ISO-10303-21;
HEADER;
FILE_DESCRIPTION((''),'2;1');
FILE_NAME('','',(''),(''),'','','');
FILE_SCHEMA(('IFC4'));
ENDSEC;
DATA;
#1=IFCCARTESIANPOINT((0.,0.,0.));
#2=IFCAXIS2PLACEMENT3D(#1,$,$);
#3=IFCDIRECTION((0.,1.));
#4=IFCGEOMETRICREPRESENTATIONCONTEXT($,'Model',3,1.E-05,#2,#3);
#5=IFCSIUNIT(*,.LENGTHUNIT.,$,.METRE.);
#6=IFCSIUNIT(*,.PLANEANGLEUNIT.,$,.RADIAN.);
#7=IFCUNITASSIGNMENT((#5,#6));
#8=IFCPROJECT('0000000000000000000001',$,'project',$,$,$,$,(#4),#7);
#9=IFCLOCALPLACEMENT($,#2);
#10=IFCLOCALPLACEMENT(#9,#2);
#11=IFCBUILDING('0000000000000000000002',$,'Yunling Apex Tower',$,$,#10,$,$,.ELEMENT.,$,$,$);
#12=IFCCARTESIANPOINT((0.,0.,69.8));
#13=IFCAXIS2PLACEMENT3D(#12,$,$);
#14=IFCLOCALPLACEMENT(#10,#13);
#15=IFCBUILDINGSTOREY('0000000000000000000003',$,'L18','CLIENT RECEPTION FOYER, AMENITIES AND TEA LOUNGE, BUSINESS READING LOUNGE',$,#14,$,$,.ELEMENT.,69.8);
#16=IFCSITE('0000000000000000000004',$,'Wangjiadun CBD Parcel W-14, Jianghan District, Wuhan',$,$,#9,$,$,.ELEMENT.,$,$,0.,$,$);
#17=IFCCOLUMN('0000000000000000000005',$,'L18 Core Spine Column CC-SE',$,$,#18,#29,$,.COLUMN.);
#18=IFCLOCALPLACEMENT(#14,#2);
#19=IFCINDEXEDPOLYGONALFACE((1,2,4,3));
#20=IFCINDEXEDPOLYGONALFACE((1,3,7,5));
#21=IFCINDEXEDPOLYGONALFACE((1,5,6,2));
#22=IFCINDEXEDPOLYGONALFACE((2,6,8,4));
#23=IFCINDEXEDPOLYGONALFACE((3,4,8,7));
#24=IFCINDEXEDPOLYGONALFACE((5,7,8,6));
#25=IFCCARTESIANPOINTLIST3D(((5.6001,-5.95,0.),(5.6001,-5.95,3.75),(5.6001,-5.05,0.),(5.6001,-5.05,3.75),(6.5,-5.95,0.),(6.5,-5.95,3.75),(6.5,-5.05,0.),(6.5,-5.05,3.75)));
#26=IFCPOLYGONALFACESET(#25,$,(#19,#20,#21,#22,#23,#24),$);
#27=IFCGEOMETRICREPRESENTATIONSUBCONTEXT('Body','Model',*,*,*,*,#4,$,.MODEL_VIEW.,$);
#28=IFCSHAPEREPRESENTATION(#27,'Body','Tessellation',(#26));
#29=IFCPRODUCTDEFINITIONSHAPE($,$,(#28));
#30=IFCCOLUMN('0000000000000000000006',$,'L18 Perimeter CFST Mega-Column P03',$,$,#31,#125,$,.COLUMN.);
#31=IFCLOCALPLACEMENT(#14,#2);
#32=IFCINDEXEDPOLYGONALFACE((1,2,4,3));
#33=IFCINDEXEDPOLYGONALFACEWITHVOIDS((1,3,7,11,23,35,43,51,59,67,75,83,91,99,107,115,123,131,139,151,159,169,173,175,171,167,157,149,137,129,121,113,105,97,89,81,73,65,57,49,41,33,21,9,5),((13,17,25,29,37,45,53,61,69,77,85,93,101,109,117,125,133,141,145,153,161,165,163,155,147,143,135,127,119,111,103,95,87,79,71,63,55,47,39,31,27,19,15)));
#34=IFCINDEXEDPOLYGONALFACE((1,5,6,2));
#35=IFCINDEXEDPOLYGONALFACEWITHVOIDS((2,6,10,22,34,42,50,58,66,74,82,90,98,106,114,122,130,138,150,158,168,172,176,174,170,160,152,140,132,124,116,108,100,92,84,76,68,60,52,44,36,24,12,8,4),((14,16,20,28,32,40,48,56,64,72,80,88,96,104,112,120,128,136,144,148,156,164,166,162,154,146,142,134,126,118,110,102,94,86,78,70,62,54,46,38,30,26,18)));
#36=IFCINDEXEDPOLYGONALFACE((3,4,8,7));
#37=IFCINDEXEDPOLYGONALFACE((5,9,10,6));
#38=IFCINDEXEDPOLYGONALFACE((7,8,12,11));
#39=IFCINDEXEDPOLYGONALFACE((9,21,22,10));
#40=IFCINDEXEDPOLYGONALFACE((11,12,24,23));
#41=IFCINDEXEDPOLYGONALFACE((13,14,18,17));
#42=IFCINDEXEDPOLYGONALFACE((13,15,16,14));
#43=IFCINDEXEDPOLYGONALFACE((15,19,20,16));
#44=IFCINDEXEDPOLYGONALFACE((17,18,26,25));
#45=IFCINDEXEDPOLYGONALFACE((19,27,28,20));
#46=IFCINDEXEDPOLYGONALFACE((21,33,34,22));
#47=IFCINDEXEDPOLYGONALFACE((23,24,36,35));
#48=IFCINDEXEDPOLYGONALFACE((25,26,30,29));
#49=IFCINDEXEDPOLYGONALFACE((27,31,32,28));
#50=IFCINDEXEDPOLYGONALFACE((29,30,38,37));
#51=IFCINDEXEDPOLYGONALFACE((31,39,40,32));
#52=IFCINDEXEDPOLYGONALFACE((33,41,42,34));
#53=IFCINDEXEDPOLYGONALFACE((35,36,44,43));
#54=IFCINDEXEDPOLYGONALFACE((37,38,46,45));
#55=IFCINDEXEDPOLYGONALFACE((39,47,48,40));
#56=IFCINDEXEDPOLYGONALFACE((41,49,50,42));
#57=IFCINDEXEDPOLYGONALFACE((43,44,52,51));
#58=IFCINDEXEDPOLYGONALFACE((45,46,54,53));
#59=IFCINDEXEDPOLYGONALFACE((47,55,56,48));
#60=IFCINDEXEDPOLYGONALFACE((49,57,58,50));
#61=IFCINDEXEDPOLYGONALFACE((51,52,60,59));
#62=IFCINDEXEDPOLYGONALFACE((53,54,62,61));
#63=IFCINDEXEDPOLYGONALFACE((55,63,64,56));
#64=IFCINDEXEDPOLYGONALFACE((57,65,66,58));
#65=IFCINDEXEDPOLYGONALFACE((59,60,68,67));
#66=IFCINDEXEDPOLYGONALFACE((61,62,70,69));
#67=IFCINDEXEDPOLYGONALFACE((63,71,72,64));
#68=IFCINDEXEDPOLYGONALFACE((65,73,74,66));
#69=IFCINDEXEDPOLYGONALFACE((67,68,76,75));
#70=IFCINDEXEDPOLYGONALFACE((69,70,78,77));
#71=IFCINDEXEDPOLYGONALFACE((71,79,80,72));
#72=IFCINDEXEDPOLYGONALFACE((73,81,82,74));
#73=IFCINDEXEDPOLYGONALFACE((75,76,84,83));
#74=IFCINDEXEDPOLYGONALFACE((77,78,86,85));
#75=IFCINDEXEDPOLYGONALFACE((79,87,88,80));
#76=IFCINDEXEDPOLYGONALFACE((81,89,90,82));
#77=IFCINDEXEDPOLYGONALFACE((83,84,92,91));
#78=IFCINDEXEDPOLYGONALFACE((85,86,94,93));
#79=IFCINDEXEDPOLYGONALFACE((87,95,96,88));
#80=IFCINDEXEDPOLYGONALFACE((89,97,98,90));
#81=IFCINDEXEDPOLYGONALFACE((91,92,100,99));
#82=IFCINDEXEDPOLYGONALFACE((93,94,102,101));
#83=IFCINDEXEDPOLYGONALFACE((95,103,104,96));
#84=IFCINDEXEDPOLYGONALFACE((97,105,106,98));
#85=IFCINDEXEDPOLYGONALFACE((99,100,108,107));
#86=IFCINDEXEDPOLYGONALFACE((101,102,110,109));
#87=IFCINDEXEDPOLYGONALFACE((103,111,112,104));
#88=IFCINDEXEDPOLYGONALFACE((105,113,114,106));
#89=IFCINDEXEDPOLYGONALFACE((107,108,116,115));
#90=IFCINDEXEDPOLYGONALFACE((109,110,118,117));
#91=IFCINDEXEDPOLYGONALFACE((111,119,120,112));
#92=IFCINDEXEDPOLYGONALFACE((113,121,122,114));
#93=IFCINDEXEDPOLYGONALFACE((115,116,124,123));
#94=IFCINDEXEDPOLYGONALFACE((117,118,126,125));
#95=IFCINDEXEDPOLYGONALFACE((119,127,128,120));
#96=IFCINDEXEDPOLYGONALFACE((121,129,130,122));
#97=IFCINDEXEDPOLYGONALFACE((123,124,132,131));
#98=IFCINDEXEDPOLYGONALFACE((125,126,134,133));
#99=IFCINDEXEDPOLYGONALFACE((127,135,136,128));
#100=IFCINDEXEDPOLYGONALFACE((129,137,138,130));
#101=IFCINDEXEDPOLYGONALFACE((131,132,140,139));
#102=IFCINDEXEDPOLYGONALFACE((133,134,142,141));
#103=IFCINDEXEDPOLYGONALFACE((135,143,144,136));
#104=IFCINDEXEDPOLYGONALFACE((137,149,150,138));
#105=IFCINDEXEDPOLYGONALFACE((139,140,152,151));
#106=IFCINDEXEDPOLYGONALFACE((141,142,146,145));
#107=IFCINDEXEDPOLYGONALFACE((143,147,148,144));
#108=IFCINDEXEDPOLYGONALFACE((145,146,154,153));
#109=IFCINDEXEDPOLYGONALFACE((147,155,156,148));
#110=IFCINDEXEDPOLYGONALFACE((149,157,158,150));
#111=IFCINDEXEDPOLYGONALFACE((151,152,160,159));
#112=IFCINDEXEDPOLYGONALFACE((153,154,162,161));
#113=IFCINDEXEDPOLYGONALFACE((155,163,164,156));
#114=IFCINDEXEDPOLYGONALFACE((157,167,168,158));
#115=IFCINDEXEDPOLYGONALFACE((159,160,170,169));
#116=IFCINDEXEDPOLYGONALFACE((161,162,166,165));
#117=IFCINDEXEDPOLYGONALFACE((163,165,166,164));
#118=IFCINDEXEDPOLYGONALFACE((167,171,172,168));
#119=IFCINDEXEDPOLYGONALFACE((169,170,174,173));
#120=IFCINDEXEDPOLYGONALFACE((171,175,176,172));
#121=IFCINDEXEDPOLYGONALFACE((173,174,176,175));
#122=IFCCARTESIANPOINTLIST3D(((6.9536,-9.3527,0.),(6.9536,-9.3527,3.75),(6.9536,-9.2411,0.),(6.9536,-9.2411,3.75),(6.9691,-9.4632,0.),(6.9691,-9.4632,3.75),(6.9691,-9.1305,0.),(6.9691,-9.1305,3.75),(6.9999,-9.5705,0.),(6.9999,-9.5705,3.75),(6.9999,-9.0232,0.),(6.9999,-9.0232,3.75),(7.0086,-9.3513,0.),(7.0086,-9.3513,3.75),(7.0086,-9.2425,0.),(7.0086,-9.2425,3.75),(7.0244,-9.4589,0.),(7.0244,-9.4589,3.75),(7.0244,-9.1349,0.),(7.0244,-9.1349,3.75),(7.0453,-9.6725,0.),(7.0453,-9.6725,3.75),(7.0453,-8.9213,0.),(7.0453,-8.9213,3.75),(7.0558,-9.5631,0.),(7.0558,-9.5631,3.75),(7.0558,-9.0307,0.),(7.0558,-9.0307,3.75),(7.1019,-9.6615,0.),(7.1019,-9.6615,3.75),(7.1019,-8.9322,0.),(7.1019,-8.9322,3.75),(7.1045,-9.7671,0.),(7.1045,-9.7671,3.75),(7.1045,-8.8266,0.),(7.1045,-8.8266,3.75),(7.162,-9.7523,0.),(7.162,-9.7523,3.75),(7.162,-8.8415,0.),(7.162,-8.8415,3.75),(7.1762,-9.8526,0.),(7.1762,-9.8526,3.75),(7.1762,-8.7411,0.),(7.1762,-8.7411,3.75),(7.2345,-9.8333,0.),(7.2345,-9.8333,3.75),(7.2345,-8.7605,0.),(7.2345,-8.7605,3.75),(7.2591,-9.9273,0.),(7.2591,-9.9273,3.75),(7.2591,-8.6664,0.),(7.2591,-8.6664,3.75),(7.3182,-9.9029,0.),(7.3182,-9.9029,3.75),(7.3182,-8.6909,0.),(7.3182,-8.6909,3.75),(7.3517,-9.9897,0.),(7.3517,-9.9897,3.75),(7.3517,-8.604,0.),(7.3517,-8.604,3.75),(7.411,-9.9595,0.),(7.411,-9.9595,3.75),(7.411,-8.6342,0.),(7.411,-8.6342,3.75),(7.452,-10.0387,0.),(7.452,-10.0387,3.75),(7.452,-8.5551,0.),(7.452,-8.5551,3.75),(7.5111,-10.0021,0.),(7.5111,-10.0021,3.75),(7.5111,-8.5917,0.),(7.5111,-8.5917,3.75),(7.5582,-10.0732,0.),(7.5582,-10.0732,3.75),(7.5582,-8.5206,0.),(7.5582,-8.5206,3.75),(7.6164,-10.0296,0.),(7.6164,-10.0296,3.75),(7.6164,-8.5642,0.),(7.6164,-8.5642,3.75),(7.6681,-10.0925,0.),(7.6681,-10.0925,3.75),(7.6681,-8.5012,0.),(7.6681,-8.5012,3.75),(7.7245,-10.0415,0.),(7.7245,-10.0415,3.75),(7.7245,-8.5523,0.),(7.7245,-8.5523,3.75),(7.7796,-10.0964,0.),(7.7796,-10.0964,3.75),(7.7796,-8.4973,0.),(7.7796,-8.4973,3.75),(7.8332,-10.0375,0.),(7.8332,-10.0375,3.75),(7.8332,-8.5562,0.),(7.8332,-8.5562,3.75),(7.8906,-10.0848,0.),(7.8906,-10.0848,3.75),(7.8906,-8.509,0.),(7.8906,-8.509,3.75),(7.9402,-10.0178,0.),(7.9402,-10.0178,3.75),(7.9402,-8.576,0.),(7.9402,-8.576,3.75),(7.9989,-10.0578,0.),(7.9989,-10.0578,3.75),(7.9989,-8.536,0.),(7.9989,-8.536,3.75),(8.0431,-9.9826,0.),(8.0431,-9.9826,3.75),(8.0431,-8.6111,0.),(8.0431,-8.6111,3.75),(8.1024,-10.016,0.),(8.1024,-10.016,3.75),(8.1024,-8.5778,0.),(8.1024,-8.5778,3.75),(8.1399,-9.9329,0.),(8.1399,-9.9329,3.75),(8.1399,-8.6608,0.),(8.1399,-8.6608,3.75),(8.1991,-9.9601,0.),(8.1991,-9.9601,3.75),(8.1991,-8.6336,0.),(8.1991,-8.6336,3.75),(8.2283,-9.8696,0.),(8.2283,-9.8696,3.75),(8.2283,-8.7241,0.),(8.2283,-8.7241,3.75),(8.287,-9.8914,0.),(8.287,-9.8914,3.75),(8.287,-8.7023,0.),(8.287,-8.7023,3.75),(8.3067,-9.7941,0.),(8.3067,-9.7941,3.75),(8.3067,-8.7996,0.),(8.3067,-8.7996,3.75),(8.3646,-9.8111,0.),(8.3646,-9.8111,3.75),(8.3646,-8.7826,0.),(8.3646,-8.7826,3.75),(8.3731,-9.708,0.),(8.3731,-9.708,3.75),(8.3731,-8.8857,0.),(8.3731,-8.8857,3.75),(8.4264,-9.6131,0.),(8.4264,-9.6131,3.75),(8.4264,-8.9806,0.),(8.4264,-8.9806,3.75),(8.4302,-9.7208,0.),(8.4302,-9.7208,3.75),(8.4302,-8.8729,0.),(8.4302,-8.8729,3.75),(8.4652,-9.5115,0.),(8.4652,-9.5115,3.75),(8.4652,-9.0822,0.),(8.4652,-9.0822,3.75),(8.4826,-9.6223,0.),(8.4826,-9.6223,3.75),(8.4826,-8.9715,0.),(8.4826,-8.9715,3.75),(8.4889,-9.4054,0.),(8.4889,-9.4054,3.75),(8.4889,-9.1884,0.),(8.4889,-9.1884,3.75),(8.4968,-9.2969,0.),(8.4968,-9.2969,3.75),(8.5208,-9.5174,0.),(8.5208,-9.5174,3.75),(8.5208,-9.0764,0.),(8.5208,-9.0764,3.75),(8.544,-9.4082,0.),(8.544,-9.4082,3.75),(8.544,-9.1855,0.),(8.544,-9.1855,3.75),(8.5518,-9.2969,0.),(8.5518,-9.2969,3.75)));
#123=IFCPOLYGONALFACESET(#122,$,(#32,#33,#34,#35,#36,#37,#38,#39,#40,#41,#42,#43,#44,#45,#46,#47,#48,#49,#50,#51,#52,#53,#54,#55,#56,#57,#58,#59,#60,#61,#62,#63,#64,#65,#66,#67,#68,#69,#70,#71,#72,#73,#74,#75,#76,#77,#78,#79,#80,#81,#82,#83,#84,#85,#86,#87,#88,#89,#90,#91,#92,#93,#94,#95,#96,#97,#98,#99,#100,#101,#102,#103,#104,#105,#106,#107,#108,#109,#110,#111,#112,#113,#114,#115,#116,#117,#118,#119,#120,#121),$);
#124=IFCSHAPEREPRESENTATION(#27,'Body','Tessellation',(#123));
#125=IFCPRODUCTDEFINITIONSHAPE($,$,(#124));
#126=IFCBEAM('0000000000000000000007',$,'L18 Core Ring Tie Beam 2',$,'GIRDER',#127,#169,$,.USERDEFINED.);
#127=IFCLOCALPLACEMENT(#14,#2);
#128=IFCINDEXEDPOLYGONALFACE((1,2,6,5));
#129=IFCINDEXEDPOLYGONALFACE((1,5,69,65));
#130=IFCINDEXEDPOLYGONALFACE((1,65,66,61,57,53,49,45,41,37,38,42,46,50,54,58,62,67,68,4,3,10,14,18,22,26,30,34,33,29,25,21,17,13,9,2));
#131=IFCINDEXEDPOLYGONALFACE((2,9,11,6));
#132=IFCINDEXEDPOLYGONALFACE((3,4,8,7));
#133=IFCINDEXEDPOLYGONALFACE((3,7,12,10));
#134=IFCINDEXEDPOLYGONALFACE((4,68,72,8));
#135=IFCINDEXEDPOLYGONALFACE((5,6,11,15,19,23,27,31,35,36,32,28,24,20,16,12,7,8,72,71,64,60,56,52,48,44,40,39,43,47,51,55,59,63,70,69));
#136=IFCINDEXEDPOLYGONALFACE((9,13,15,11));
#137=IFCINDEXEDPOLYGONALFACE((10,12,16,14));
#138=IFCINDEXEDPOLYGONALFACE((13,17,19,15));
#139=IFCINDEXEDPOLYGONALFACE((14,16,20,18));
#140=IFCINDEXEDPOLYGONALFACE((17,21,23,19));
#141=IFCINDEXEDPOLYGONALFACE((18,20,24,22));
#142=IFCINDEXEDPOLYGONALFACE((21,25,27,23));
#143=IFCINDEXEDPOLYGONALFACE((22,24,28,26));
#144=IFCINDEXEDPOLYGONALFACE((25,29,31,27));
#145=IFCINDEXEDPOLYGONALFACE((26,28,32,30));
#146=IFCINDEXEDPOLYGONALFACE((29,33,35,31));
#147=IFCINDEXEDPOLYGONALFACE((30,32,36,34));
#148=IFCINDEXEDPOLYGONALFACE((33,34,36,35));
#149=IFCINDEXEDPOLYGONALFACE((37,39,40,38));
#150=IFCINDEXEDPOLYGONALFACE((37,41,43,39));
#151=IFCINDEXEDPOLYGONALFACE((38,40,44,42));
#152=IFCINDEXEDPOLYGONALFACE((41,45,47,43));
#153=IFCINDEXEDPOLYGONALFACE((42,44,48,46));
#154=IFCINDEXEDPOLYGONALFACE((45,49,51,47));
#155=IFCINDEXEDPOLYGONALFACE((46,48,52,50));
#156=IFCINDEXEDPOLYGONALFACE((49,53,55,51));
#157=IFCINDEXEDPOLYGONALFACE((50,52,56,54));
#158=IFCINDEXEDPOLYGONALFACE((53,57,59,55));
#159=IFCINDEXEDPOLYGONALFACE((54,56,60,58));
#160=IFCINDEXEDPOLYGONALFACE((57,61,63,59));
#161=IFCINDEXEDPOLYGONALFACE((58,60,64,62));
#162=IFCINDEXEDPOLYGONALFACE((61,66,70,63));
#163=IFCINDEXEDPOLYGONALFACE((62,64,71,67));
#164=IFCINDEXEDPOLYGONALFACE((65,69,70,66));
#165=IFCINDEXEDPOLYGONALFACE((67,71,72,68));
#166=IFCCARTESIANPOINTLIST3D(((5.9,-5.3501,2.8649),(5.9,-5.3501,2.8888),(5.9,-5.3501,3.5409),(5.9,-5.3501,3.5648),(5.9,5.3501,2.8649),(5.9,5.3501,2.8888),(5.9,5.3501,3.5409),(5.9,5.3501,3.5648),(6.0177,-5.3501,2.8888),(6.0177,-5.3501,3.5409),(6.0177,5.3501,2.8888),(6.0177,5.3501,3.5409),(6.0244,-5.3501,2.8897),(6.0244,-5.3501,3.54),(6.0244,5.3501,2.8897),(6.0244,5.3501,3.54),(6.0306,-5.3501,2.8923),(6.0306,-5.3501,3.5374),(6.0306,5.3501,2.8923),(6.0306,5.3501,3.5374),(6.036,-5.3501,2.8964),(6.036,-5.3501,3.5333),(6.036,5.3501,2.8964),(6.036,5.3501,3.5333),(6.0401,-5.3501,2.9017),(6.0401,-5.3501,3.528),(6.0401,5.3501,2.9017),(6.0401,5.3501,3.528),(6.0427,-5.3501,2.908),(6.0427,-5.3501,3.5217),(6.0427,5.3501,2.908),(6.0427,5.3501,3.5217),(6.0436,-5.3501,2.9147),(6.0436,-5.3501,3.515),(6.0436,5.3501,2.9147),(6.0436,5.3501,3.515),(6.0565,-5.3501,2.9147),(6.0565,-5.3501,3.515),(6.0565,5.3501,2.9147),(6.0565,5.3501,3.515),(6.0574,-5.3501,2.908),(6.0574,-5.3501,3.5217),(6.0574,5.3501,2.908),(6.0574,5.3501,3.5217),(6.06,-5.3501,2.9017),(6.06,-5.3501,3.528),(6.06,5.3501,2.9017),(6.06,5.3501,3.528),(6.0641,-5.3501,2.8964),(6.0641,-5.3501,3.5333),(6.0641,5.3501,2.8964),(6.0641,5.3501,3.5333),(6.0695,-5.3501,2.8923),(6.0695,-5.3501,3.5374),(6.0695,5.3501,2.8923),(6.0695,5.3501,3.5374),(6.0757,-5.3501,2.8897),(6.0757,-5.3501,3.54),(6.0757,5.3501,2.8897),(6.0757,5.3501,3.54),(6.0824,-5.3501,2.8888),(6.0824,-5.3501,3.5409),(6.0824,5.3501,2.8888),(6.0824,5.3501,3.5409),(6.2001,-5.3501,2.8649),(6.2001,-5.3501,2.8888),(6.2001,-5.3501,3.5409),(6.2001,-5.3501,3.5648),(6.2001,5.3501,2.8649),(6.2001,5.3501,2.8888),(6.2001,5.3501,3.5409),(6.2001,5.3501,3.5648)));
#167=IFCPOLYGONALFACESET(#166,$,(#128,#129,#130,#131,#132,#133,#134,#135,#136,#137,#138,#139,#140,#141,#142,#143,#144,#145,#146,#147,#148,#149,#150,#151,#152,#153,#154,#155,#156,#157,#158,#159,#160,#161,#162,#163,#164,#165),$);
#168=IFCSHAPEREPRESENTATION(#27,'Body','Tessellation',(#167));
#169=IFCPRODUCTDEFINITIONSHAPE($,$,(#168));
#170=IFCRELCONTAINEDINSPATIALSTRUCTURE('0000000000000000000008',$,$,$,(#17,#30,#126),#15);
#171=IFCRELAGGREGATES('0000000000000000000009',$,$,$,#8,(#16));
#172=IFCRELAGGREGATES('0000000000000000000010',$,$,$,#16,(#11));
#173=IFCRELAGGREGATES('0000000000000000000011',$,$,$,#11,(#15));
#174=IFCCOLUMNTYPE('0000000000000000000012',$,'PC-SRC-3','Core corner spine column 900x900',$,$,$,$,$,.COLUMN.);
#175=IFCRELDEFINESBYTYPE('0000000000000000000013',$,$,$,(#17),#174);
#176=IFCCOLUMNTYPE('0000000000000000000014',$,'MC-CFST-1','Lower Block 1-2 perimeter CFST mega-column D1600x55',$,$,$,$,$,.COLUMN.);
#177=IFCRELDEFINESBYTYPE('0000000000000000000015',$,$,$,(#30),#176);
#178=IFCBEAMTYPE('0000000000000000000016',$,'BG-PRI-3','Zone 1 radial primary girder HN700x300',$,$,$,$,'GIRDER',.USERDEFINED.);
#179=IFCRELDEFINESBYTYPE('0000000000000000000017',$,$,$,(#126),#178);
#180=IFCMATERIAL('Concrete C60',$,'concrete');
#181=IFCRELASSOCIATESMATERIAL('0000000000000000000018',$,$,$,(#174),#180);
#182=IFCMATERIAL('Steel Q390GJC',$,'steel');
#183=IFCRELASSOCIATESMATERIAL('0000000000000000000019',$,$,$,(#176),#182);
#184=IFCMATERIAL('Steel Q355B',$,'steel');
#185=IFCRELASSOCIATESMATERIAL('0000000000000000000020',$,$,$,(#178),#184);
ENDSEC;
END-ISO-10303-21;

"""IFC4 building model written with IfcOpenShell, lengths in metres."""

from ifc_helpers import new_model, si_unit, direction, frame, origin, origin_2d, place, context, subcontext, project, spatial, rectangle, hollow_circle, i_section, extrude, source, transform, mapped, material, material_profile, profile_set, type_object, element, save


model = new_model("IFC4")

# Units and contexts
model_context = context("Model", 3, precision=1e-05, world=origin(), true_north=direction((0.0, 1.0)))
body_context = subcontext(model_context, "Body", "Model", "MODEL_VIEW")
ifc_project = project(units=[si_unit("LENGTHUNIT", "METRE"), si_unit("PLANEANGLEUNIT", "RADIAN")], contexts=[model_context])

# Site, building, storey
site_placement = place(None, origin())
site = spatial("IfcSite", under=ifc_project, at=site_placement, Name="Wangjiadun CBD Parcel W-14, Jianghan District, Wuhan", CompositionType="ELEMENT", RefElevation=0.0)
building_placement = place(site_placement, origin())
building = spatial("IfcBuilding", under=site, at=building_placement, Name="Yunling Apex Tower", CompositionType="ELEMENT")
storey_placement = place(building_placement, frame((0.0, 0.0, 69.8)))
storey = spatial("IfcBuildingStorey", under=building, at=storey_placement, Name="L18", Description="CLIENT RECEPTION FOYER, AMENITIES AND TEA LOUNGE, BUSINESS READING LOUNGE", CompositionType="ELEMENT", Elevation=69.8)

# Columns
ifc_material_1 = material(Name="Concrete C60", Category="concrete")
ifc_material_profile_1 = material_profile(ifc_material_1, rectangle(XDim=0.8999, YDim=0.8999, at=origin_2d()))
ifc_profile_set_1 = profile_set([ifc_material_profile_1], Name="Concrete C60")
column_type_1 = type_object("IfcColumnType", Name="PC-SRC-3", Description="Core corner spine column 900x900", PredefinedType="COLUMN", material=ifc_profile_set_1)
shared_shape_1 = source(origin(), body_context, "Body", "SweptSolid", [
    extrude(rectangle(XDim=0.8999, YDim=0.8999, at=origin_2d()), origin(), (0.0, 0.0, 1.0), 3.75),
])
column_1_placement = place(storey_placement, frame((6.05, -5.5, 0.0), z_axis=(0.0, 0.0, 1.0), x_axis=(1.0, 0.0, 0.0)))
element("IfcColumn", 1, at=column_1_placement, inside=storey, type_object=column_type_1, Name="L18 Core Spine Column CC-SE", PredefinedType="COLUMN", context=body_context, shape_type="MappedRepresentation", body=[
    mapped(shared_shape_1, transform((0.0, 0.0, 0.0), scale=1.0)),
])
ifc_material_2 = material(Name="Steel Q390GJC", Category="steel")
ifc_material_profile_2 = material_profile(ifc_material_2, hollow_circle(Radius=0.8, WallThickness=0.0549, at=origin_2d()))
ifc_profile_set_2 = profile_set([ifc_material_profile_2], Name="Steel Q390GJC")
column_type_2 = type_object("IfcColumnType", Name="MC-CFST-1", Description="Lower Block 1-2 perimeter CFST mega-column D1600x55", PredefinedType="COLUMN", material=ifc_profile_set_2)
shared_shape_2 = source(origin(), body_context, "Body", "SweptSolid", [
    extrude(hollow_circle(Radius=0.8, WallThickness=0.0549, at=origin_2d()), origin(), (0.0, 0.0, 1.0), 3.75),
])
column_2_placement = place(storey_placement, frame((7.7517, -9.2969, 0.0), z_axis=(0.0, 0.0, 1.0), x_axis=(1.0, 0.0, 0.0)))
element("IfcColumn", 2, at=column_2_placement, inside=storey, type_object=column_type_2, Name="L18 Perimeter CFST Mega-Column P03", PredefinedType="COLUMN", context=body_context, shape_type="MappedRepresentation", body=[
    mapped(shared_shape_2, transform((0.0, 0.0, 0.0), scale=1.0)),
])

# Beam
ifc_material_3 = material(Name="Steel Q355B", Category="steel")
ifc_material_profile_3 = material_profile(ifc_material_3, i_section(OverallWidth=0.3, OverallDepth=0.7, WebThickness=0.0129, FlangeThickness=0.0239, FilletRadius=0.0259, at=origin_2d()))
ifc_profile_set_3 = profile_set([ifc_material_profile_3], Name="Steel Q355B")
beam_type = type_object("IfcBeamType", Name="BG-PRI-3", Description="Zone 1 radial primary girder HN700x300", ElementType="GIRDER", PredefinedType="USERDEFINED", material=ifc_profile_set_3)
shared_shape_3 = source(origin(), body_context, "Body", "SweptSolid", [
    extrude(i_section(OverallWidth=0.3, OverallDepth=0.7, WebThickness=0.0129, FlangeThickness=0.0239, FilletRadius=0.0259, at=origin_2d()), origin(), (0.0, 0.0, 1.0), 10.7002),
])
beam_1_placement = place(storey_placement, frame((6.05, -5.3501, 3.2148), z_axis=(0.0, 1.0, 0.0), x_axis=(-1.0, 0.0, 0.0)))
element("IfcBeam", 3, at=beam_1_placement, inside=storey, type_object=beam_type, Name="L18 Core Ring Tie Beam 2", ObjectType="GIRDER", PredefinedType="USERDEFINED", context=body_context, shape_type="MappedRepresentation", body=[
    mapped(shared_shape_3, transform((0.0, 0.0, 0.0), scale=1.0)),
])

save(model, "model.ifc")
